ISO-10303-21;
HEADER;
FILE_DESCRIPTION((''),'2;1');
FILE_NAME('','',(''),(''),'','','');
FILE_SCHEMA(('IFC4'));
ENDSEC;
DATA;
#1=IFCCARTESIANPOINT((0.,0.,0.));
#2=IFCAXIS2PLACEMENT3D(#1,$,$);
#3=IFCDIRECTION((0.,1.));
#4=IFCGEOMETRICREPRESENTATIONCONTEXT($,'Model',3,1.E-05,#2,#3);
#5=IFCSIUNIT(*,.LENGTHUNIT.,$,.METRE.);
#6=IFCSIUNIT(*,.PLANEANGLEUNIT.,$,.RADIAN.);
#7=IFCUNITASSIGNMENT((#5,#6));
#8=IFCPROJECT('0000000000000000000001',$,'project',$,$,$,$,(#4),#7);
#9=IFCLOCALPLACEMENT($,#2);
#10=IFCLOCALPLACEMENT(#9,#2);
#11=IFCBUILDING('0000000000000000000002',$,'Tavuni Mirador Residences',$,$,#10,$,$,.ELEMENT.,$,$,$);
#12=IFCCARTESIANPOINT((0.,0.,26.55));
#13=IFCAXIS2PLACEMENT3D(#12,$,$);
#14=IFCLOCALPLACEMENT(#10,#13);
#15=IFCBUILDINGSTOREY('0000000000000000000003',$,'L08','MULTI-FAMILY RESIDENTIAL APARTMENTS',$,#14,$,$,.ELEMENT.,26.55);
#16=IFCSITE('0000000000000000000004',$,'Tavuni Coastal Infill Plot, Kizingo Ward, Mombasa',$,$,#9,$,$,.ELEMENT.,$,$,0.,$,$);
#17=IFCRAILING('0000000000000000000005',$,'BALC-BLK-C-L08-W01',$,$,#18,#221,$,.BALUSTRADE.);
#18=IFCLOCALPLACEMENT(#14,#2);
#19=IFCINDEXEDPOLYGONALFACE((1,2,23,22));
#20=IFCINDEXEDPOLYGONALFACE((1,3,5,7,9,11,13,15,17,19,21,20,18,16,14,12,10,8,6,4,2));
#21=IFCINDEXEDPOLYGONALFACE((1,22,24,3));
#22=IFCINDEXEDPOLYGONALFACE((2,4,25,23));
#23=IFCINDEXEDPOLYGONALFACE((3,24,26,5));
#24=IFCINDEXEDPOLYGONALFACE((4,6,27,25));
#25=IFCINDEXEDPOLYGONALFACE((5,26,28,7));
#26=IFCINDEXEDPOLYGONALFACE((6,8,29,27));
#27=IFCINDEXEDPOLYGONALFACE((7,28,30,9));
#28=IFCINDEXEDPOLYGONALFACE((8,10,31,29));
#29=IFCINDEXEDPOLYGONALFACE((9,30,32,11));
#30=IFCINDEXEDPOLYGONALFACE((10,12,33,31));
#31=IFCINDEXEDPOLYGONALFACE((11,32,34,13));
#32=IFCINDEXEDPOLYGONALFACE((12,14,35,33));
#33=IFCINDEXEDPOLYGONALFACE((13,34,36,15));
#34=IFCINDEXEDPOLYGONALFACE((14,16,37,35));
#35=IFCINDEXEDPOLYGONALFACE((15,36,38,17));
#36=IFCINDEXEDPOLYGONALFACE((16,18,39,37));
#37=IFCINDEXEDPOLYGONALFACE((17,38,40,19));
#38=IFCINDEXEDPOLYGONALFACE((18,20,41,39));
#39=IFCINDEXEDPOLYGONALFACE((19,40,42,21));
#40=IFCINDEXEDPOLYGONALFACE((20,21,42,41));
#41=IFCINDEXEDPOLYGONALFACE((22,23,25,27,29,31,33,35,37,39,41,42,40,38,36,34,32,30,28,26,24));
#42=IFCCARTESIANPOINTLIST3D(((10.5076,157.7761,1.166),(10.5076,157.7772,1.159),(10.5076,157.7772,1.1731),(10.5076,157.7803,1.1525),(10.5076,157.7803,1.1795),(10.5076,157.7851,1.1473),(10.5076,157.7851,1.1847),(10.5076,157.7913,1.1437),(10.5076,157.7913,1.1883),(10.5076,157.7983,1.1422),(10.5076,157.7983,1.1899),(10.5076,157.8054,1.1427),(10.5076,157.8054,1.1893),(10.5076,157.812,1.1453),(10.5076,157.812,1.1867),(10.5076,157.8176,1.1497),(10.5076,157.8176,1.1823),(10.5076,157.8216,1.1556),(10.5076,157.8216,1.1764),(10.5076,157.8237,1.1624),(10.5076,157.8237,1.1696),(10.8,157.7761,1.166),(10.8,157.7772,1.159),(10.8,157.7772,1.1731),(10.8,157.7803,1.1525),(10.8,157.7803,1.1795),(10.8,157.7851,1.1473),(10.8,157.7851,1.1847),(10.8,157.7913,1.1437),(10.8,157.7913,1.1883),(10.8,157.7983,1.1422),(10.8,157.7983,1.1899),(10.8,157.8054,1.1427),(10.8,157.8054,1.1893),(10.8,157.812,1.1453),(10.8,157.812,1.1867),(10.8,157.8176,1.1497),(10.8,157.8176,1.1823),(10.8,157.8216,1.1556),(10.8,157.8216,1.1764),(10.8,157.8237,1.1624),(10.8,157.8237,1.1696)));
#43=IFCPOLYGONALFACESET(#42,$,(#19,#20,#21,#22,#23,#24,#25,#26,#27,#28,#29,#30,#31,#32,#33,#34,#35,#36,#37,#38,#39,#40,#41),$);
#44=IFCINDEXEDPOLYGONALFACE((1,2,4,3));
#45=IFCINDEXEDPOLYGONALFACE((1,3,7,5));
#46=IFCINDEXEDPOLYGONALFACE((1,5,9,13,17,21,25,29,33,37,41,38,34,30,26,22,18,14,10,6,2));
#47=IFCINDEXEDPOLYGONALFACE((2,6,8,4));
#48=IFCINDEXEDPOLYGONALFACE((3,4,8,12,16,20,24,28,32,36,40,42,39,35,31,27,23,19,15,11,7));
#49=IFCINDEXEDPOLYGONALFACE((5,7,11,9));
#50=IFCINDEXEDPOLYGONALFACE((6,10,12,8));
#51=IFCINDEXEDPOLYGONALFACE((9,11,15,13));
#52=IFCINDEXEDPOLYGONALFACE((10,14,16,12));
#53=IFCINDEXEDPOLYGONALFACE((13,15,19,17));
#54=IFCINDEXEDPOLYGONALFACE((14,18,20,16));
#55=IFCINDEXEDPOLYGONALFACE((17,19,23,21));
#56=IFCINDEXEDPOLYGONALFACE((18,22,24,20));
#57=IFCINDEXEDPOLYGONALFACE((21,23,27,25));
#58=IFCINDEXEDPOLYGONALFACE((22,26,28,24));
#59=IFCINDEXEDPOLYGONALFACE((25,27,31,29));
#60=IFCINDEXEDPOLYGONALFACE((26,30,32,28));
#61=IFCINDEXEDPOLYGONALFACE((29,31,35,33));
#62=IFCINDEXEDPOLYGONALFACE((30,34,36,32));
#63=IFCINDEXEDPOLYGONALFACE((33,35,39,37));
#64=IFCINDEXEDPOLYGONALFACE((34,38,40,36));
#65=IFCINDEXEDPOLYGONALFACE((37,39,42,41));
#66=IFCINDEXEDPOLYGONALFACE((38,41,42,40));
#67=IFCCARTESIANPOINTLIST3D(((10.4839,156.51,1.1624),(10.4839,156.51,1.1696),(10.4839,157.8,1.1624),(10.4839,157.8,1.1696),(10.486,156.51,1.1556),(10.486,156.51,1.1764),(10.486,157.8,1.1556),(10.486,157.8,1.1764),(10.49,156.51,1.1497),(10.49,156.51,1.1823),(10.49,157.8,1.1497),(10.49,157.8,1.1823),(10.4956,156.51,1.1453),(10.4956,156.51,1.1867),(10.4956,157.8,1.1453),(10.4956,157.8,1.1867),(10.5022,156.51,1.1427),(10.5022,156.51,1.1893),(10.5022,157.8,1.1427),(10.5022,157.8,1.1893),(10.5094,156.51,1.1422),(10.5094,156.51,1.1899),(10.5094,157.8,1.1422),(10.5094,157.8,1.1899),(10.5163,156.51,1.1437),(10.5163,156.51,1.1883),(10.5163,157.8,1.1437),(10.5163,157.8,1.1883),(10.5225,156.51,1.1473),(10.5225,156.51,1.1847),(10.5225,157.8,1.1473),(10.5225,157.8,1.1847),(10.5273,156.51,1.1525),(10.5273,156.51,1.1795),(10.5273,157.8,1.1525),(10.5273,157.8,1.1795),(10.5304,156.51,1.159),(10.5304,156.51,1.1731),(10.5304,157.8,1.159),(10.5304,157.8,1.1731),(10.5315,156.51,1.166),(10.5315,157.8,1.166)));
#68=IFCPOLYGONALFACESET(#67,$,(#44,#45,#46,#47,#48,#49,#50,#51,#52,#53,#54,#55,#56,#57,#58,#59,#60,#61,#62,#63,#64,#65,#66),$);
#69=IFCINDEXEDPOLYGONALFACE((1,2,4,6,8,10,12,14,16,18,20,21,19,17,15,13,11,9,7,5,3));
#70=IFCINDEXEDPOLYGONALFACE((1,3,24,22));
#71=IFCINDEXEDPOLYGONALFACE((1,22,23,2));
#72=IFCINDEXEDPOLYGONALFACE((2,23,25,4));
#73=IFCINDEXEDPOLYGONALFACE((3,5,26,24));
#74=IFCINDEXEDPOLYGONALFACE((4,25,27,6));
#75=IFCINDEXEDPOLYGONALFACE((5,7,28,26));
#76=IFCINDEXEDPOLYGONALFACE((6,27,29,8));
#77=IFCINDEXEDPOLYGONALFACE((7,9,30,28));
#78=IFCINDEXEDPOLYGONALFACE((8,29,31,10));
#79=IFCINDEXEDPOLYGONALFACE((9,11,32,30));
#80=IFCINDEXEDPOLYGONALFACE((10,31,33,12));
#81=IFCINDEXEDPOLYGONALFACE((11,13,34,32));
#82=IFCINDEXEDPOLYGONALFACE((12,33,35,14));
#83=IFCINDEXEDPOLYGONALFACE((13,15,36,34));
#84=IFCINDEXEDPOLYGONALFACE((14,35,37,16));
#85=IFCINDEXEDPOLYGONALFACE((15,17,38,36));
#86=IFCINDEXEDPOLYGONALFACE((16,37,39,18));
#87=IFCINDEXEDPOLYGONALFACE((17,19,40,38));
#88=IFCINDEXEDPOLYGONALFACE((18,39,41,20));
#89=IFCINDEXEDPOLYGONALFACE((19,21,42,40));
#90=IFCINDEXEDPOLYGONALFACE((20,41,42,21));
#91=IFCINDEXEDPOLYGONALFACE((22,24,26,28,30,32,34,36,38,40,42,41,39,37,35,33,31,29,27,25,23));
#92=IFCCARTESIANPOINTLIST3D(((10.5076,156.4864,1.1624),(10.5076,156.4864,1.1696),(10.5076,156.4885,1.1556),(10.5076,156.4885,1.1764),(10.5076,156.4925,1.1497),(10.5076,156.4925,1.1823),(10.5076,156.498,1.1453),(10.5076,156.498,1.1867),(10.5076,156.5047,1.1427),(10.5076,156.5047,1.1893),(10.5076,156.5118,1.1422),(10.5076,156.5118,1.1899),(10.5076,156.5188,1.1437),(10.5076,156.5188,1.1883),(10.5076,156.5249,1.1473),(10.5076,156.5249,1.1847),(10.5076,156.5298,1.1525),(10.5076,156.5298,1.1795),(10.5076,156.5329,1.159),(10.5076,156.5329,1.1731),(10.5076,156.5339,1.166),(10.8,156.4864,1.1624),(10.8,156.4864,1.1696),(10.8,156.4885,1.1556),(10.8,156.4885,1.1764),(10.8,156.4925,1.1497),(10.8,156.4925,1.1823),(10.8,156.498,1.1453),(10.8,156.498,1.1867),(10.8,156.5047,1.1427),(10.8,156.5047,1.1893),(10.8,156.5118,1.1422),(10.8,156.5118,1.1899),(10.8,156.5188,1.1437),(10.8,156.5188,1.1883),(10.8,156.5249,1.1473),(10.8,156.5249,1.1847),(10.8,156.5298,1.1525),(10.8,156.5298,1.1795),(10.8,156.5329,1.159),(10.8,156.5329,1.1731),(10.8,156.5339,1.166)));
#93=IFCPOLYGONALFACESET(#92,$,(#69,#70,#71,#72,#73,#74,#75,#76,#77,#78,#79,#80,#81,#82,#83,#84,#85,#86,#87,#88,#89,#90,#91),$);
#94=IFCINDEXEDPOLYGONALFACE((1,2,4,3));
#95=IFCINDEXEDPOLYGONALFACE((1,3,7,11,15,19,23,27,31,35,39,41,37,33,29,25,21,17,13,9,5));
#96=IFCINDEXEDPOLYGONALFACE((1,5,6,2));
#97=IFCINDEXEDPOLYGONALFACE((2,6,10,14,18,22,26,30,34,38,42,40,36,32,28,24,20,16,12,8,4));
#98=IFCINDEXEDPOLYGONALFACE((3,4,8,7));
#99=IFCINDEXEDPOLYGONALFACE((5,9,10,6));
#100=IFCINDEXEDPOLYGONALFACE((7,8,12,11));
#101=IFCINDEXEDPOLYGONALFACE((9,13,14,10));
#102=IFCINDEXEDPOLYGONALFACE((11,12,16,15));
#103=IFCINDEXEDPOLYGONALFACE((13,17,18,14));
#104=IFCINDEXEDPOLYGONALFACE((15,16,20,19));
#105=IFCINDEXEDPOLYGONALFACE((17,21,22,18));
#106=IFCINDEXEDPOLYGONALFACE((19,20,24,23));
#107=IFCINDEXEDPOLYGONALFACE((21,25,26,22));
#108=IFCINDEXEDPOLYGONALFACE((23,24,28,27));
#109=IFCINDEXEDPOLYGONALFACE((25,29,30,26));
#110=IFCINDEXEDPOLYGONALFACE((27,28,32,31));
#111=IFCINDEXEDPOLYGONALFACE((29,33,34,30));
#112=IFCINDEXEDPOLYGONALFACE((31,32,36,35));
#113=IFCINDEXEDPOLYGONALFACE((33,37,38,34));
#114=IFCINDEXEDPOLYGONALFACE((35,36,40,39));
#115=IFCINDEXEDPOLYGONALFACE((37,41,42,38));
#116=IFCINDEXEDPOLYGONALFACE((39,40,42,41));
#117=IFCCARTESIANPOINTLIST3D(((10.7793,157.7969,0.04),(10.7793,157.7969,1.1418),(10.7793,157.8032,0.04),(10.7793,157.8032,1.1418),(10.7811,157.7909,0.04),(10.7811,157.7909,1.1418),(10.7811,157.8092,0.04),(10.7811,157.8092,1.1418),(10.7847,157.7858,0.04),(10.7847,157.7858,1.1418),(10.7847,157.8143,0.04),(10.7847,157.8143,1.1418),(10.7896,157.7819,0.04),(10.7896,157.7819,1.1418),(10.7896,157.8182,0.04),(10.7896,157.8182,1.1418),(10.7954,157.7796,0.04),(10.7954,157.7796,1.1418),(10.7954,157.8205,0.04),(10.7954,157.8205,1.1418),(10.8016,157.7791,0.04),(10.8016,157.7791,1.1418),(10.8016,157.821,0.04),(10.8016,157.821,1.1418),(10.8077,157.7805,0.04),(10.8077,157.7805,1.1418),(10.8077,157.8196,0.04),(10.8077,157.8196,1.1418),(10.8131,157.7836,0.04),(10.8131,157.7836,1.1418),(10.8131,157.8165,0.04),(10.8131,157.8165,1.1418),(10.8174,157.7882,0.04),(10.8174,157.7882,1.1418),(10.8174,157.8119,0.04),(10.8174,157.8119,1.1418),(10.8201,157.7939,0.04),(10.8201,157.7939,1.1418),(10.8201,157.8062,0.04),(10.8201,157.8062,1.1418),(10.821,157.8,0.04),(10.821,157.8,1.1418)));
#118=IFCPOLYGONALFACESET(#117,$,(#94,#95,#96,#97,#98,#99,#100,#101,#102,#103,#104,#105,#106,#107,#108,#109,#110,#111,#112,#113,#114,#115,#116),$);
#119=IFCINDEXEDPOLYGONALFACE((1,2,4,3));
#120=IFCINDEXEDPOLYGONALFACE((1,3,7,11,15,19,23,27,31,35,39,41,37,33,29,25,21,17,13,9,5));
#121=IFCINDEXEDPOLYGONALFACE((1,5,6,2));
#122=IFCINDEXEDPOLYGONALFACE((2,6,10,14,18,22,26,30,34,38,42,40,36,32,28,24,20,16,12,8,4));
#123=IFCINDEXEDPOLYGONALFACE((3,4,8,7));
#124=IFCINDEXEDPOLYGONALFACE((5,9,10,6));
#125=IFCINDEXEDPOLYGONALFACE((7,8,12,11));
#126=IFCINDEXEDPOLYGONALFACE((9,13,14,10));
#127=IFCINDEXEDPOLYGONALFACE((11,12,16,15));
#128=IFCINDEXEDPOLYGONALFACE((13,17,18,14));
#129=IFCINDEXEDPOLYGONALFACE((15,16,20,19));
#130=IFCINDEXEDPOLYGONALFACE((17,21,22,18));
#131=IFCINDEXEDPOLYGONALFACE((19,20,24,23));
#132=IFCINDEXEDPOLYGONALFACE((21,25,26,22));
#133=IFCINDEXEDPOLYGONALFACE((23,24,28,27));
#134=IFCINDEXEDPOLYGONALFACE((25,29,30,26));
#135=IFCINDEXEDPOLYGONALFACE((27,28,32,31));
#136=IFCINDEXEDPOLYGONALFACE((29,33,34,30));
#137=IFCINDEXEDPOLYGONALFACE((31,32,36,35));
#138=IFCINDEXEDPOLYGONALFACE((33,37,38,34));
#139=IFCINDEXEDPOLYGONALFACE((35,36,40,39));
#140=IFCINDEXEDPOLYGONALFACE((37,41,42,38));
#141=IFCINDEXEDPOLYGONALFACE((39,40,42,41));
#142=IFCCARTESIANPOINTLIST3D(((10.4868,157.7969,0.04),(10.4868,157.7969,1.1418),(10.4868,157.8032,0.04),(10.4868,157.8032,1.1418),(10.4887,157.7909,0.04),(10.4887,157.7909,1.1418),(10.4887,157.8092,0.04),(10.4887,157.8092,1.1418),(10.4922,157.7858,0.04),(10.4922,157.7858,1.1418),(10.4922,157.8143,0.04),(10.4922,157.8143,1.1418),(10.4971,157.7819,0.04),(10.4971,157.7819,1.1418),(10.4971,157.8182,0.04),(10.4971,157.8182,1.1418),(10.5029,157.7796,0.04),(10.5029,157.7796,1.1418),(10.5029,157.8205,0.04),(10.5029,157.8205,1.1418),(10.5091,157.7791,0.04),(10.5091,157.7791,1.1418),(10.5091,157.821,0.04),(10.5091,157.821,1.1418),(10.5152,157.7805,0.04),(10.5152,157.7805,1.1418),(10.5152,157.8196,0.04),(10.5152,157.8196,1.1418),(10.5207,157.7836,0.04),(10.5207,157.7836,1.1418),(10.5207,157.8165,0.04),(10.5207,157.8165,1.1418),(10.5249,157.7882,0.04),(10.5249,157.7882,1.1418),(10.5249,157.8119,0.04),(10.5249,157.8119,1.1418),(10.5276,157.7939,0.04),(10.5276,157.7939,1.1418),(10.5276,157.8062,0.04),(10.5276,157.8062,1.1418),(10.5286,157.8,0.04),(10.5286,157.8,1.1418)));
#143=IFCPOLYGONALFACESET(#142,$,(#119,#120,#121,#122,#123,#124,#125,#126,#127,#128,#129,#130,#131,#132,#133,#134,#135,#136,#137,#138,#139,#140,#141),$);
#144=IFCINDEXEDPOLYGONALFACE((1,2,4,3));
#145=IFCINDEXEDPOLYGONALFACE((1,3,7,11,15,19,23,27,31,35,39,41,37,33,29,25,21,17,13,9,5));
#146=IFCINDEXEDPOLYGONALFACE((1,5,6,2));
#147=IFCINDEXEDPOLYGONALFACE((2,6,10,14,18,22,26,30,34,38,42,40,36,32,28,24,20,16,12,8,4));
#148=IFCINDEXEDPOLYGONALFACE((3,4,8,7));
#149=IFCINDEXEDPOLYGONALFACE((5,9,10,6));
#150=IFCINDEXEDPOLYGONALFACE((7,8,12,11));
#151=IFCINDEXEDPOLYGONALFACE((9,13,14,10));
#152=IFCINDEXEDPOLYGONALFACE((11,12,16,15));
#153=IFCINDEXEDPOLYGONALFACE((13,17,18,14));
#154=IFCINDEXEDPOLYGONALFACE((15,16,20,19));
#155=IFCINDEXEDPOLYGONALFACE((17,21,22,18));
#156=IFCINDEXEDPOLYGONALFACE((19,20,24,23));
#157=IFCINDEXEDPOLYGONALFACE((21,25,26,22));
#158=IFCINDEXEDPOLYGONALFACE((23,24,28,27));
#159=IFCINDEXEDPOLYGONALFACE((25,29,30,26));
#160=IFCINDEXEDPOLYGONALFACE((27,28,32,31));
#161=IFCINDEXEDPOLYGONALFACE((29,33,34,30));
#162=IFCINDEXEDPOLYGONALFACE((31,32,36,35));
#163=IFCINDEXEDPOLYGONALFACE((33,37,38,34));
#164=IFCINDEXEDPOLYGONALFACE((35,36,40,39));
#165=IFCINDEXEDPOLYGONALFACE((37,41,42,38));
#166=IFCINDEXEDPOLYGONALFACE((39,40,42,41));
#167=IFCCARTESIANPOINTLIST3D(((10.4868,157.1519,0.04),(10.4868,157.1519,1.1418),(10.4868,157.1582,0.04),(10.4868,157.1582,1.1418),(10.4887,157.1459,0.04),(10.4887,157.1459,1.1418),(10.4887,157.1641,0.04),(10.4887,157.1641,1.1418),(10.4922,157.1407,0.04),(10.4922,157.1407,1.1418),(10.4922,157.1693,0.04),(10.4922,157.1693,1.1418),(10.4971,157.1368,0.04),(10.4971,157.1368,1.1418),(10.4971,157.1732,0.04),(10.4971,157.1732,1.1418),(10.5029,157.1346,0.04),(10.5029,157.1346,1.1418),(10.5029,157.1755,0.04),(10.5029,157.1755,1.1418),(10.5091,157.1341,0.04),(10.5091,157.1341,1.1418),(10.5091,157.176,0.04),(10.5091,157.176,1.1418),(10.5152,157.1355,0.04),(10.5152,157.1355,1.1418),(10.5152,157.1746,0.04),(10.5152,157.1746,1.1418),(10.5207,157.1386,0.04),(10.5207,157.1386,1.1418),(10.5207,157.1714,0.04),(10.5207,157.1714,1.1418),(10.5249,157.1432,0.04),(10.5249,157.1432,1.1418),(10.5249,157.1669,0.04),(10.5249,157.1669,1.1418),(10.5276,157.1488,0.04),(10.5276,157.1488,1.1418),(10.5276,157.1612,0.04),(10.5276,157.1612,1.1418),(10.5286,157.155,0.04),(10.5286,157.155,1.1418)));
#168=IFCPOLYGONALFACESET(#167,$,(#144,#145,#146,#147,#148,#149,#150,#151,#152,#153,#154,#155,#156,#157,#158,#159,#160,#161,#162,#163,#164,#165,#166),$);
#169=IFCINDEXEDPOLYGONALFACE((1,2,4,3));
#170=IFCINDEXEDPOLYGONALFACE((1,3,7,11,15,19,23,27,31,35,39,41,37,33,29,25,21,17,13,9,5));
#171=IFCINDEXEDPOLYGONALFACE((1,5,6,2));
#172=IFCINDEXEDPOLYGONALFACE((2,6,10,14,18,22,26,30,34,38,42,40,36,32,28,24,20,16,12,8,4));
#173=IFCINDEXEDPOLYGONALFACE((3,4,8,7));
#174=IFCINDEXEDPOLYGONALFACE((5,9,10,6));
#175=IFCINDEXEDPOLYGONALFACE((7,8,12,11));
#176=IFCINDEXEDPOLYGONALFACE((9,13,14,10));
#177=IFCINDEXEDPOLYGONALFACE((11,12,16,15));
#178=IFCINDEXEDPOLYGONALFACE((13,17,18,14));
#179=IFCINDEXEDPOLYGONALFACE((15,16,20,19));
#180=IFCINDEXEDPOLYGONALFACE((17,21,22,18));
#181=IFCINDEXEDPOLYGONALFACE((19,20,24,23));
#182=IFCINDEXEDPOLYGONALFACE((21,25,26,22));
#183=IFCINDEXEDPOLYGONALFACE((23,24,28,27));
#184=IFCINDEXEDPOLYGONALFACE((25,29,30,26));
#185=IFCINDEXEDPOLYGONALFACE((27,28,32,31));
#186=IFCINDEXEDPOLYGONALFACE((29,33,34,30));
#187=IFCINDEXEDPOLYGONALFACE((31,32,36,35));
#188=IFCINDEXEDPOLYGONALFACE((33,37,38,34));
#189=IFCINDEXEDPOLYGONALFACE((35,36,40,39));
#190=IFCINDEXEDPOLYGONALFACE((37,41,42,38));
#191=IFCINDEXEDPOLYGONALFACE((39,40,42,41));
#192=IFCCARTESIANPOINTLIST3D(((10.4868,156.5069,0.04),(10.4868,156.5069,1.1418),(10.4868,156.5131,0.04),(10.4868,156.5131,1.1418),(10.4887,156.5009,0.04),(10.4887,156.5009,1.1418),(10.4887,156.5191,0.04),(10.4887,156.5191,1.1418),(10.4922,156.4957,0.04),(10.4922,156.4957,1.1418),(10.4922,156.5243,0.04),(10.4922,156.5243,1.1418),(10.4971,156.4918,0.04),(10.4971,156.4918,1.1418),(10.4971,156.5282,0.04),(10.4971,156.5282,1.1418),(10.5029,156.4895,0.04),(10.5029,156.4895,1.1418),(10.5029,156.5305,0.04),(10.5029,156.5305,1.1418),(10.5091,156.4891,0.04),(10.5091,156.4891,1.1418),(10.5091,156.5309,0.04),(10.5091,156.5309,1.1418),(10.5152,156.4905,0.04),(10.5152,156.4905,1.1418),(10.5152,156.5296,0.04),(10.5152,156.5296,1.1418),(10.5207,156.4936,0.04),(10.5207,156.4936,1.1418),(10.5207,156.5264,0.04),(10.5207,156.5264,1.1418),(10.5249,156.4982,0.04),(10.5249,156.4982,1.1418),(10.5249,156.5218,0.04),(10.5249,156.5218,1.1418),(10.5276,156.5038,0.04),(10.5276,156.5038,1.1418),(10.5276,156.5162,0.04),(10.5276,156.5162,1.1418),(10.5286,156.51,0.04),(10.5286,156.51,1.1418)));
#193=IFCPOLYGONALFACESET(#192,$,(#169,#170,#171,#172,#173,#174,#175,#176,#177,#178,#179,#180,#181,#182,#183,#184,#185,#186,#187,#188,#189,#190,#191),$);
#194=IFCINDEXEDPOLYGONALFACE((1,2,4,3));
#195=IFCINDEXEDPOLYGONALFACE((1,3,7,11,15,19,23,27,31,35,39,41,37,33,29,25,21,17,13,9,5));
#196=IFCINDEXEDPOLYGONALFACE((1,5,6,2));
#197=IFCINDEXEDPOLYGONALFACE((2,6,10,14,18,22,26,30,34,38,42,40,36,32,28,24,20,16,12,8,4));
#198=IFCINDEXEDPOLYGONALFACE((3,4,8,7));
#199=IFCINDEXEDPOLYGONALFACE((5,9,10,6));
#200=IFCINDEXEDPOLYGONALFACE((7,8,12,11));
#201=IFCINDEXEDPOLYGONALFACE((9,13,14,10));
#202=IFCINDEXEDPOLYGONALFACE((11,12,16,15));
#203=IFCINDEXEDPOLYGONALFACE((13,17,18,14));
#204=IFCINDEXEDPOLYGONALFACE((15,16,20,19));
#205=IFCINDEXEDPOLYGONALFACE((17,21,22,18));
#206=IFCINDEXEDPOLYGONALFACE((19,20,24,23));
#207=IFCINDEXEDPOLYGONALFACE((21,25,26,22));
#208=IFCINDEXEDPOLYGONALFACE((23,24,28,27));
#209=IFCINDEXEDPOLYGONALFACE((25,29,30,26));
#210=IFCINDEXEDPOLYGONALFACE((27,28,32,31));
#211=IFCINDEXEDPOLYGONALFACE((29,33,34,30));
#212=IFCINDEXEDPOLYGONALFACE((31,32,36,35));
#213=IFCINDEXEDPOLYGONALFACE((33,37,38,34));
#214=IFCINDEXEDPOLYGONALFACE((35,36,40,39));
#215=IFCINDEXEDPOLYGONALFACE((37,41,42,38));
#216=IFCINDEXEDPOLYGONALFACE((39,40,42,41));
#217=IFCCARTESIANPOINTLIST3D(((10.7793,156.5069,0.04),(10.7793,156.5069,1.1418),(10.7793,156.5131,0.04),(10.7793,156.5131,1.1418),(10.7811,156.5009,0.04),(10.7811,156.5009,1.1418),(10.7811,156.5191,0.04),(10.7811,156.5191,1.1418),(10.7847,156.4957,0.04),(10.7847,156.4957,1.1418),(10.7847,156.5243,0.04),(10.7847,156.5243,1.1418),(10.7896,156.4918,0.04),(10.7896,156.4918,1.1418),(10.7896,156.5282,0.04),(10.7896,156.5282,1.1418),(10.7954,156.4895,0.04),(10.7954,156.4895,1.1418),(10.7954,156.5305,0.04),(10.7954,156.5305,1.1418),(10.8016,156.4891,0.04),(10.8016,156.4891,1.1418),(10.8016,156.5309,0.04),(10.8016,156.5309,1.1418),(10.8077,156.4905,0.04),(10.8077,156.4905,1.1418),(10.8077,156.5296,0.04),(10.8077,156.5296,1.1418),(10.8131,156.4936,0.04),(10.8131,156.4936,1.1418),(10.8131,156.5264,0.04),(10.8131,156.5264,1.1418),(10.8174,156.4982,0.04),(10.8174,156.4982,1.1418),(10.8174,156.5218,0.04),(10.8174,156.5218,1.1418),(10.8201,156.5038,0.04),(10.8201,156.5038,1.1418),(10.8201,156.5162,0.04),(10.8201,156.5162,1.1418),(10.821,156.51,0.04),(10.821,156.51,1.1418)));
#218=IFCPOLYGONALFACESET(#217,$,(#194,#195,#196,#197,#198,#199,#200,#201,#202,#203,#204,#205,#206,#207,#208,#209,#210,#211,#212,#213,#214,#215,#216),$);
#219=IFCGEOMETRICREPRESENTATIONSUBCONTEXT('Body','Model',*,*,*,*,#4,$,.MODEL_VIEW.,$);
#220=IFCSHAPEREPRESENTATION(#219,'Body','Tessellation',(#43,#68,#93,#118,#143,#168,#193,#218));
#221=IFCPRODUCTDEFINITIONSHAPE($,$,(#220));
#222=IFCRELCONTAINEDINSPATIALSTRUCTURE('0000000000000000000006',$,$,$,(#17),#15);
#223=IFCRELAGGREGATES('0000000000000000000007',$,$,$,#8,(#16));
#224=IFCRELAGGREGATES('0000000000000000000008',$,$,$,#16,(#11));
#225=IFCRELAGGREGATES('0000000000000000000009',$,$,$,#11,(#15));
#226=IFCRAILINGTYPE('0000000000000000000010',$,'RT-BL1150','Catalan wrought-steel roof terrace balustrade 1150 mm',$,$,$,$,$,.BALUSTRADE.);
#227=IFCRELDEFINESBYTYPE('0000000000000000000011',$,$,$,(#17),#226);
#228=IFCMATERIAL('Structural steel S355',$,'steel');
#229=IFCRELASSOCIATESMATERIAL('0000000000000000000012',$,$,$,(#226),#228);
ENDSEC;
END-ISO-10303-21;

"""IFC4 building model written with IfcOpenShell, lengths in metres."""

from ifc_helpers import new_model, si_unit, direction, frame, origin, origin_2d, place, context, subcontext, project, spatial, circle, extrude, material, type_object, element, save


model = new_model("IFC4")

# Units and contexts
model_context = context("Model", 3, precision=1e-05, world=origin(), true_north=direction((0.0, 1.0)))
body_context = subcontext(model_context, "Body", "Model", "MODEL_VIEW")
ifc_project = project(units=[si_unit("LENGTHUNIT", "METRE"), si_unit("PLANEANGLEUNIT", "RADIAN")], contexts=[model_context])

# Site, building, storey
site_placement = place(None, origin())
site = spatial("IfcSite", under=ifc_project, at=site_placement, Name="Tavuni Coastal Infill Plot, Kizingo Ward, Mombasa", CompositionType="ELEMENT", RefElevation=0.0)
building_placement = place(site_placement, origin())
building = spatial("IfcBuilding", under=site, at=building_placement, Name="Tavuni Mirador Residences", CompositionType="ELEMENT")
storey_placement = place(building_placement, frame((0.0, 0.0, 26.55)))
storey = spatial("IfcBuildingStorey", under=building, at=storey_placement, Name="L08", Description="MULTI-FAMILY RESIDENTIAL APARTMENTS", CompositionType="ELEMENT", Elevation=26.55)

# Railing
ifc_material_1 = material(Name="Structural steel S355", Category="steel")
railing_type = type_object("IfcRailingType", Name="RT-BL1150", Description="Catalan wrought-steel roof terrace balustrade 1150 mm", PredefinedType="BALUSTRADE", material=ifc_material_1)
railing_placement = place(storey_placement, frame((10.8, 157.8, 0.04)))
element("IfcRailing", 1, at=railing_placement, inside=storey, type_object=railing_type, Name="BALC-BLK-C-L08-W01", PredefinedType="BALUSTRADE", context=body_context, shape_type="SweptSolid", body=[
    extrude(circle(Radius=0.0239, at=origin_2d()), frame((0.0, 0.0, 1.126), z_axis=(-1.0, 0.0, 0.0), x_axis=(0.0, -1.0, 0.0)), (0.0, 0.0, 1.0), 0.2925),
    extrude(circle(Radius=0.0239, at=origin_2d()), frame((-0.2925, 0.0, 1.126), z_axis=(0.0, -1.0, 0.0), x_axis=(1.0, 0.0, 0.0)), (0.0, 0.0, 1.0), 1.29),
    extrude(circle(Radius=0.0239, at=origin_2d()), frame((-0.2925, -1.29, 1.126), z_axis=(1.0, 0.0, 0.0), x_axis=(0.0, 1.0, 0.0)), (0.0, 0.0, 1.0), 0.2925),
    extrude(circle(Radius=0.021, at=origin_2d()), origin(), (0.0, 0.0, 1.0), 1.1018),
    extrude(circle(Radius=0.021, at=origin_2d()), frame((-0.2925, 0.0, 0.0)), (0.0, 0.0, 1.0), 1.1018),
    extrude(circle(Radius=0.021, at=origin_2d()), frame((-0.2925, -0.645, 0.0)), (0.0, 0.0, 1.0), 1.1018),
    extrude(circle(Radius=0.021, at=origin_2d()), frame((-0.2925, -1.29, 0.0)), (0.0, 0.0, 1.0), 1.1018),
    extrude(circle(Radius=0.021, at=origin_2d()), frame((0.0, -1.29, 0.0)), (0.0, 0.0, 1.0), 1.1018),
])

save(model, "model.ifc")
